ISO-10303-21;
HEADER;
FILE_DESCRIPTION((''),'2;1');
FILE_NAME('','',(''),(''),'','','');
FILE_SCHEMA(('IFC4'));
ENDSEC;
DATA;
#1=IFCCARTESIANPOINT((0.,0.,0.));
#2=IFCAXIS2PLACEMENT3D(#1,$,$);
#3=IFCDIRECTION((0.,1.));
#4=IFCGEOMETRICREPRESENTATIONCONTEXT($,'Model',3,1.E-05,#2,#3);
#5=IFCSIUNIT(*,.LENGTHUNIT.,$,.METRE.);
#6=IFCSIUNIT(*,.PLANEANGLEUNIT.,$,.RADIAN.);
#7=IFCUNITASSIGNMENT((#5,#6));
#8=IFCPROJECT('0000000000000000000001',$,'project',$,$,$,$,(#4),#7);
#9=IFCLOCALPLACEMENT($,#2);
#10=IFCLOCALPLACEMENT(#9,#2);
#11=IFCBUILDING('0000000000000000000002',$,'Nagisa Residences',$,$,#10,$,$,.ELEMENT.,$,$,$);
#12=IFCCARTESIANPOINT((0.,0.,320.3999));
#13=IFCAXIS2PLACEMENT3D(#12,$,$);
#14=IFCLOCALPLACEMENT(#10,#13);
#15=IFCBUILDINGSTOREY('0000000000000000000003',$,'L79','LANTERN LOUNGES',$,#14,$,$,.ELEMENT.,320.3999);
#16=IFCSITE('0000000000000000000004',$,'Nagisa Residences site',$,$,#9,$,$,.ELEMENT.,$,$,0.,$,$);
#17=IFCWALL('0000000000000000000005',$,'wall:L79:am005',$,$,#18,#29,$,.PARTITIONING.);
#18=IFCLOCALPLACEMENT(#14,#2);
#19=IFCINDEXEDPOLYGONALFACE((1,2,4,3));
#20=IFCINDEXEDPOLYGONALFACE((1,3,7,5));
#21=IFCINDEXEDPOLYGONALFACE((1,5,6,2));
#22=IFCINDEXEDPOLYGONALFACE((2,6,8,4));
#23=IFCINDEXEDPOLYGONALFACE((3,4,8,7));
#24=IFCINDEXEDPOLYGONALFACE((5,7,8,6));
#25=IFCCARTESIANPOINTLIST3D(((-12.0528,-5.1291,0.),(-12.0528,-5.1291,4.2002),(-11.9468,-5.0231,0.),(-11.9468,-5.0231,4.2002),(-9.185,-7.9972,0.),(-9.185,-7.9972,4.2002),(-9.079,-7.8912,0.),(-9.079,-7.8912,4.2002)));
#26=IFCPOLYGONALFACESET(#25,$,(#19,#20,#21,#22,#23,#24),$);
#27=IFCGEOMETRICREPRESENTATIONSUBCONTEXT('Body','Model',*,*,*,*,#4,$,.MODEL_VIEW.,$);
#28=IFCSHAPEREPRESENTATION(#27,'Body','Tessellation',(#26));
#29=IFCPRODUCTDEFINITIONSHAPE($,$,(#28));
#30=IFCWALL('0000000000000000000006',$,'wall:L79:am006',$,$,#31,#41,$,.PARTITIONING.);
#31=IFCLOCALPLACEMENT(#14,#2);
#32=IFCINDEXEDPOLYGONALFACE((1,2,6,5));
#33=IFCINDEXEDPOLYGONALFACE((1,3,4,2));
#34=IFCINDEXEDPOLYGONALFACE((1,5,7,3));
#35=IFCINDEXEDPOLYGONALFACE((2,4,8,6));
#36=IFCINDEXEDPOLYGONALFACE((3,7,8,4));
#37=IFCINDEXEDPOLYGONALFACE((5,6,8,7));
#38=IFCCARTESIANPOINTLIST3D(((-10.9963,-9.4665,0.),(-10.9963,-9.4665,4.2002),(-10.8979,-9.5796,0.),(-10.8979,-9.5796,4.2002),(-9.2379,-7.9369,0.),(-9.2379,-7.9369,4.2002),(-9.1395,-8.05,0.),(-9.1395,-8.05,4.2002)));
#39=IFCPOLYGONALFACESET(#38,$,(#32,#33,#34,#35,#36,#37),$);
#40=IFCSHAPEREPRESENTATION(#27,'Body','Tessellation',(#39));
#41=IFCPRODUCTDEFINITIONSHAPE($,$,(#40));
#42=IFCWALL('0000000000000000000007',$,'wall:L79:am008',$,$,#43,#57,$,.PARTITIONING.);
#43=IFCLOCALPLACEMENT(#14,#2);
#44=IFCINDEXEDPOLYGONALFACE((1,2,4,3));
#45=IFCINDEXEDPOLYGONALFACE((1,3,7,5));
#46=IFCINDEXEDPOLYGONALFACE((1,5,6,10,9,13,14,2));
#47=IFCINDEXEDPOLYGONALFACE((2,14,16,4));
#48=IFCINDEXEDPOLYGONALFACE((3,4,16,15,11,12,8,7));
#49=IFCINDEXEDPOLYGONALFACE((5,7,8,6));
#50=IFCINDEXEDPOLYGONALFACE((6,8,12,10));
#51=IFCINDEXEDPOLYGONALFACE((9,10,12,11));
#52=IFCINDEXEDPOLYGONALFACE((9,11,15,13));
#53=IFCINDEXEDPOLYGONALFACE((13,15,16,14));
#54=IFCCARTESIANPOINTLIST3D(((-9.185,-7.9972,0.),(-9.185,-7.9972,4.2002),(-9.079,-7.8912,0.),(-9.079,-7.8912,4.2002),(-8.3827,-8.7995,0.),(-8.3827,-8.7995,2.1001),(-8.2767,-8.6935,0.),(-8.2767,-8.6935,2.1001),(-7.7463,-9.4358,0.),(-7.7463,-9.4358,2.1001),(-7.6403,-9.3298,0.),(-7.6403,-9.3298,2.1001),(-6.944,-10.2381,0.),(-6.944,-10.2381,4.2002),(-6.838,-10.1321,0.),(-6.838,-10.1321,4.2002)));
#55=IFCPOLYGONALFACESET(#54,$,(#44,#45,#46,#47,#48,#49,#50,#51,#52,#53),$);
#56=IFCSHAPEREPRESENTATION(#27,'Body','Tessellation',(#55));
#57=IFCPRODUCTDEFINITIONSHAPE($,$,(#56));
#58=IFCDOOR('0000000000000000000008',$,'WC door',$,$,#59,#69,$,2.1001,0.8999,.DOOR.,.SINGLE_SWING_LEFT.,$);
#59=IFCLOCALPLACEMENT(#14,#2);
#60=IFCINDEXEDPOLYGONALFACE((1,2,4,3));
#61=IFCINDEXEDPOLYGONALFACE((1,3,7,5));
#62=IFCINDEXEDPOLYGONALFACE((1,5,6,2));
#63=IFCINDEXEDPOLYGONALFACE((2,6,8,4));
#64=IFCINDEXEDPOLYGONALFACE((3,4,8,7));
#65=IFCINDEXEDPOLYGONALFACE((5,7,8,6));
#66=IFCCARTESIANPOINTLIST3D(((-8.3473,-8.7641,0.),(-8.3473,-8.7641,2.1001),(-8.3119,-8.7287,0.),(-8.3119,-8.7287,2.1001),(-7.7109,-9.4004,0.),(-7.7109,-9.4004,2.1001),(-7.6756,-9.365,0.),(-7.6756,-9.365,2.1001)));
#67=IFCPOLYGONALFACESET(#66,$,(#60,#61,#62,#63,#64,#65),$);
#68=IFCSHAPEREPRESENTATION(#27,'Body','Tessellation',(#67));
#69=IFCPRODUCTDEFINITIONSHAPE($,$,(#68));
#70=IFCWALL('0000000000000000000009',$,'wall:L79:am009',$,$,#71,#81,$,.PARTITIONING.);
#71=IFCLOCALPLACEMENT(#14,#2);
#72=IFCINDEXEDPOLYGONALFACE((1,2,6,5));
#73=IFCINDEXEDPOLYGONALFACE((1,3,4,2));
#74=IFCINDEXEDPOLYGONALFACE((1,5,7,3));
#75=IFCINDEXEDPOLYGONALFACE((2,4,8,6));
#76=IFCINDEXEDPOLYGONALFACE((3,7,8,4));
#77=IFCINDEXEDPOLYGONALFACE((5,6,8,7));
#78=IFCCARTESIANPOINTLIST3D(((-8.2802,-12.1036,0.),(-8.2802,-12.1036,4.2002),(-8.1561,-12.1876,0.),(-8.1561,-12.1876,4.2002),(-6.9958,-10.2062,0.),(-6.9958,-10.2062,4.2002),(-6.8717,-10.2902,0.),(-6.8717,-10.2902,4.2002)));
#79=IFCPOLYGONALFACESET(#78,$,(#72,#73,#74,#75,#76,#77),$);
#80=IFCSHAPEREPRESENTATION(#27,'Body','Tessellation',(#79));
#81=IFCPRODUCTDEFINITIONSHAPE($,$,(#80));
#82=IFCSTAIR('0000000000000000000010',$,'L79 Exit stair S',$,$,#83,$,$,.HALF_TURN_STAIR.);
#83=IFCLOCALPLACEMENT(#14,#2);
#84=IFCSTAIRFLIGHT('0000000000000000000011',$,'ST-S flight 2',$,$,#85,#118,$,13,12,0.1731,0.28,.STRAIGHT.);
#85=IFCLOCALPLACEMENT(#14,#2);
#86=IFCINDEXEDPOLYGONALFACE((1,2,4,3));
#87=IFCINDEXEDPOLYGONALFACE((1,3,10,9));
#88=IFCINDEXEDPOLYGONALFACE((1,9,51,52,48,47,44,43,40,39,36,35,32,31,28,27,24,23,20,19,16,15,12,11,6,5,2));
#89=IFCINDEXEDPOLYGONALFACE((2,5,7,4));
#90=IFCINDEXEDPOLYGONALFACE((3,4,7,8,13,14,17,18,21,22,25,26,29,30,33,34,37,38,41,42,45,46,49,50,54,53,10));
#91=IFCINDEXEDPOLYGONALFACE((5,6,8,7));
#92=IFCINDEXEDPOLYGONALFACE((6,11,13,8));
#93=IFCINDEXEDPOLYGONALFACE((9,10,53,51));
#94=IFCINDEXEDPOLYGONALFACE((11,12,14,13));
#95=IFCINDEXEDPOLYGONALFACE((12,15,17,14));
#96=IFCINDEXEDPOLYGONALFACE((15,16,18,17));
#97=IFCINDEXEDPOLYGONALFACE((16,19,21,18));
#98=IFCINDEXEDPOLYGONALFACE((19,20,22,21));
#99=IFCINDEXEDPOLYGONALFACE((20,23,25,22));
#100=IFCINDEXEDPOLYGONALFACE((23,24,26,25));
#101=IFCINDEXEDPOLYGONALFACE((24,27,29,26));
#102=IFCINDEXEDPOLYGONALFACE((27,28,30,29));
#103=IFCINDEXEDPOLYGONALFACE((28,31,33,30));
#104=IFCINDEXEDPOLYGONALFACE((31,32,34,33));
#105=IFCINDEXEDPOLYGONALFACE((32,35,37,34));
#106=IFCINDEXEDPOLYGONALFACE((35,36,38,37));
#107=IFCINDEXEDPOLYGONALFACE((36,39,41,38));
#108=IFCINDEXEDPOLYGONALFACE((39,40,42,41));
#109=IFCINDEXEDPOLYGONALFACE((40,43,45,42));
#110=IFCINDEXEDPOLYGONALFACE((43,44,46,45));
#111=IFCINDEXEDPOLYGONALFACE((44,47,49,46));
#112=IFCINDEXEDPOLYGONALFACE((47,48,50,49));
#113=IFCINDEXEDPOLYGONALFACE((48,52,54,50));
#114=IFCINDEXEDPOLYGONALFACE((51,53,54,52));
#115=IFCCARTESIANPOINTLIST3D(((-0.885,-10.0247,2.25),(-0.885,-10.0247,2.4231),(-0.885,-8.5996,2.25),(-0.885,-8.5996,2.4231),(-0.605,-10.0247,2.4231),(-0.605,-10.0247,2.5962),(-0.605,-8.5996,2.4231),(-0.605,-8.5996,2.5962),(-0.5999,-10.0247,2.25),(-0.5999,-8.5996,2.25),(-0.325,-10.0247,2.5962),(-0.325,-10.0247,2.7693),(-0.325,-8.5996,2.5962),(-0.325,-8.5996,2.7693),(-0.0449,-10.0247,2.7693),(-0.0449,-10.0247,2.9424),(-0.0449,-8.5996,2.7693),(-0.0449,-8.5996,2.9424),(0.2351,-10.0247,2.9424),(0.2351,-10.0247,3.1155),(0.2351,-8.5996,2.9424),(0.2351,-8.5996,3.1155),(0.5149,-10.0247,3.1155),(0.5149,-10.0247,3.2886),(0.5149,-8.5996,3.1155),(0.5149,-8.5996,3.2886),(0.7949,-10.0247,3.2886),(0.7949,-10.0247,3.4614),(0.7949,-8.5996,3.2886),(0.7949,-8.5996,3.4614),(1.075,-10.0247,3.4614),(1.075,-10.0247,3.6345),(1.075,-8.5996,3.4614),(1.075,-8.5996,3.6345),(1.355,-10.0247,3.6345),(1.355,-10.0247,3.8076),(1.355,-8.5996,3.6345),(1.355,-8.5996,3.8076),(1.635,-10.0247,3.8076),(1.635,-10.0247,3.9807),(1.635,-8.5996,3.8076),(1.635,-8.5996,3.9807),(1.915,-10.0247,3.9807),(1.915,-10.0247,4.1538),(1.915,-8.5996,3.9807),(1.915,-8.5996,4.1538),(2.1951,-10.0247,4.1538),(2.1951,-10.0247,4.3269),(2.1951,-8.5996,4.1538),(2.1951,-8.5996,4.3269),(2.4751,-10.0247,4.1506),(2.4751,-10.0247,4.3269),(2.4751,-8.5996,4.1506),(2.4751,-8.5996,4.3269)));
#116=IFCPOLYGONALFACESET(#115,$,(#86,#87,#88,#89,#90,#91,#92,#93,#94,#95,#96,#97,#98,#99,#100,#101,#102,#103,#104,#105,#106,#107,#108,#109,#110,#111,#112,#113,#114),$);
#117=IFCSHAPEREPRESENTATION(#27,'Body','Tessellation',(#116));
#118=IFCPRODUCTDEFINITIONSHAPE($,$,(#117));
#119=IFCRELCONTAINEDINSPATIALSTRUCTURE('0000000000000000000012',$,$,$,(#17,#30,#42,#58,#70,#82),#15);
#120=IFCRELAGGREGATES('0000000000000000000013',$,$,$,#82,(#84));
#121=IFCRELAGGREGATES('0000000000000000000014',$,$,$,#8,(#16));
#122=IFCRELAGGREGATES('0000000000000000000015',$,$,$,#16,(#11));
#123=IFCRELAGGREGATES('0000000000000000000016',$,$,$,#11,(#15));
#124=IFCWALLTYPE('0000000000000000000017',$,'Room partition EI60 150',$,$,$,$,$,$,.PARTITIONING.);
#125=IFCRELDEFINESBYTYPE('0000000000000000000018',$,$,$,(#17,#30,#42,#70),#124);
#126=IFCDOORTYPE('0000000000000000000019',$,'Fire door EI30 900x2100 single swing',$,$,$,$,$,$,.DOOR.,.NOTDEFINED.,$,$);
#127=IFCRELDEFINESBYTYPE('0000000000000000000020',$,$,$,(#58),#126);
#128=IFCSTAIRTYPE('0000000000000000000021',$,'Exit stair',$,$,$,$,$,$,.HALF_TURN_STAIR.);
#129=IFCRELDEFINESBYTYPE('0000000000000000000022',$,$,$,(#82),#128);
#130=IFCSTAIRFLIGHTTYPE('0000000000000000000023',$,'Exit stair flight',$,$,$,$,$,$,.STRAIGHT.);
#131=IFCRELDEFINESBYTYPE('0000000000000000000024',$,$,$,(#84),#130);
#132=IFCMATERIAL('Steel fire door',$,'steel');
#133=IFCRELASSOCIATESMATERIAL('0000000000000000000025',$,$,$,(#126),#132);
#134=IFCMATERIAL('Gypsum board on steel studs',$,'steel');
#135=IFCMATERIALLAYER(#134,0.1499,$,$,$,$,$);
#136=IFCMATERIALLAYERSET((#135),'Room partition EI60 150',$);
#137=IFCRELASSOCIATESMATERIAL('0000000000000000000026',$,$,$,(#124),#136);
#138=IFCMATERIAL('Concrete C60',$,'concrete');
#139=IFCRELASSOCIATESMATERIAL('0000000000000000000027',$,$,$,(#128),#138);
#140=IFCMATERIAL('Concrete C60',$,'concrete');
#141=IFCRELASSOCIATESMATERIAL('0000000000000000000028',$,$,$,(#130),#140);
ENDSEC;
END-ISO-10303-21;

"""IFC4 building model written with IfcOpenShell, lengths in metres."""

from ifc_helpers import new_model, si_unit, direction, frame, frame_2d, origin, place, context, subcontext, project, spatial, polyline, rectangle, outline, extrude, material, layer, layer_set, type_object, element, fill, aggregate, save


model = new_model("IFC4")

# Units and contexts
model_context = context("Model", 3, precision=1e-05, world=origin(), true_north=direction((0.0, 1.0)))
body_context = subcontext(model_context, "Body", "Model", "MODEL_VIEW")
ifc_project = project(units=[si_unit("LENGTHUNIT", "METRE"), si_unit("PLANEANGLEUNIT", "RADIAN")], contexts=[model_context])

# Site, building, storey
site_placement = place(None, origin())
site = spatial("IfcSite", under=ifc_project, at=site_placement, Name="Nagisa Residences site", CompositionType="ELEMENT", RefElevation=0.0)
building_placement = place(site_placement, origin())
building = spatial("IfcBuilding", under=site, at=building_placement, Name="Nagisa Residences", CompositionType="ELEMENT")
storey_placement = place(building_placement, frame((0.0, 0.0, 320.3999)))
storey = spatial("IfcBuildingStorey", under=building, at=storey_placement, Name="L79", Description="LANTERN LOUNGES", CompositionType="ELEMENT", Elevation=320.3999)

# Shared definitions
ifc_material_1 = material(Name="Steel fire door", Category="steel")
door_type_1 = type_object("IfcDoorType", Name="Fire door EI30 900x2100 single swing", OperationType="NOTDEFINED", PredefinedType="DOOR", material=ifc_material_1)

# Shared definitions
ifc_material_2 = material(Name="Gypsum board on steel studs", Category="steel")
ifc_layer_1 = layer(ifc_material_2, 0.1499)
ifc_layer_set_1 = layer_set([ifc_layer_1], Name="Room partition EI60 150")
wall_type_1 = type_object("IfcWallType", Name="Room partition EI60 150", PredefinedType="PARTITIONING", material=ifc_layer_set_1)

# Walls
wall_1_placement = place(storey_placement, frame((-9.1321, -7.9441, 0.0), z_axis=(0.0, 0.0, 1.0), x_axis=(-0.707077, 0.707137, 0.0)))
element("IfcWall", 1, at=wall_1_placement, inside=storey, type_object=wall_type_1, Name="wall:L79:am005", PredefinedType="PARTITIONING", context=body_context, shape_type="SweptSolid", body=[
    extrude(rectangle(XDim=4.0559, YDim=0.1499, at=frame_2d((2.0278, 0.0))), origin(), (0.0, 0.0, 1.0), 4.2002),
])
wall_2_placement = place(storey_placement, frame((-9.1887, -7.9934, 0.0), z_axis=(0.0, 0.0, 1.0), x_axis=(-0.754481, -0.656321, 0.0)))
element("IfcWall", 2, at=wall_2_placement, inside=storey, type_object=wall_type_1, Name="wall:L79:am006", PredefinedType="PARTITIONING", context=body_context, shape_type="SweptSolid", body=[
    extrude(rectangle(XDim=2.3306, YDim=0.1499, at=frame_2d((1.1653, 0.0))), origin(), (0.0, 0.0, 1.0), 4.2002),
])

# Wall, opening, door
wall_3_placement = place(storey_placement, frame((-6.8911, -10.1851, 0.0), z_axis=(0.0, 0.0, 1.0), x_axis=(-0.707107, 0.707107, 0.0)))
wall_3 = element("IfcWall", 3, at=wall_3_placement, inside=storey, type_object=wall_type_1, Name="wall:L79:am008", PredefinedType="PARTITIONING", context=body_context, shape_type="SweptSolid", body=[
    extrude(rectangle(XDim=3.1692, YDim=0.1499, at=frame_2d((1.5845, 0.0))), origin(), (0.0, 0.0, 1.0), 4.2002),
])
opening_1_placement = place(wall_3_placement, frame((1.1345, 0.0, 0.0)))
opening_1 = element("IfcOpeningElement", 4, at=opening_1_placement, cuts=wall_3, PredefinedType="OPENING", context=body_context, shape_type="SweptSolid", body=[
    extrude(rectangle(XDim=0.8999, YDim=2.1001, at=frame_2d((0.45, 1.05))), frame((0.0, 0.085, 0.0), z_axis=(0.0, -1.0, 0.0), x_axis=(1.0, 0.0, 0.0)), (0.0, 0.0, 1.0), 0.1699),
])
door_1_placement = place(opening_1_placement, origin())
door_1 = element("IfcDoor", 5, at=door_1_placement, inside=storey, type_object=door_type_1, Name="WC door", OperationType="SINGLE_SWING_LEFT", OverallHeight=2.1001, OverallWidth=0.8999, PredefinedType="DOOR", context=body_context, shape_type="SweptSolid", body=[
    extrude(rectangle(XDim=0.8999, YDim=2.1001, at=frame_2d((0.45, 1.05))), frame((0.0, 0.0249, 0.0), z_axis=(0.0, -1.0, 0.0), x_axis=(1.0, 0.0, 0.0)), (0.0, 0.0, 1.0), 0.05),
])
fill(opening_1, door_1)

# Wall
wall_4_placement = place(storey_placement, frame((-6.9338, -10.2483, 0.0), z_axis=(0.0, 0.0, 1.0), x_axis=(-0.560563, -0.828112, 0.0)))
element("IfcWall", 6, at=wall_4_placement, inside=storey, type_object=wall_type_1, Name="wall:L79:am009", PredefinedType="PARTITIONING", context=body_context, shape_type="SweptSolid", body=[
    extrude(rectangle(XDim=2.2913, YDim=0.1499, at=frame_2d((1.1455, 0.0))), origin(), (0.0, 0.0, 1.0), 4.2002),
])

# Stair, stair flight
ifc_material_3 = material(Name="Concrete C60", Category="concrete")
stair_type = type_object("IfcStairType", Name="Exit stair", PredefinedType="HALF_TURN_STAIR", material=ifc_material_3)
stair_placement = place(storey_placement, origin())
stair = element("IfcStair", 7, at=stair_placement, inside=storey, type_object=stair_type, Name="L79 Exit stair S", PredefinedType="HALF_TURN_STAIR")
ifc_material_4 = material(Name="Concrete C60", Category="concrete")
stair_flight_type = type_object("IfcStairFlightType", Name="Exit stair flight", PredefinedType="STRAIGHT", material=ifc_material_4)
stair_flight_placement = place(storey_placement, frame((-0.885, -9.312, 2.25), z_axis=(0.0, 0.0, 1.0), x_axis=(1.0, 0.0, 0.0)))
stair_flight = element("IfcStairFlight", 8, at=stair_flight_placement, type_object=stair_flight_type, Name="ST-S flight 2", NumberOfRisers=13, NumberOfTreads=12, PredefinedType="STRAIGHT", RiserHeight=0.1731, TreadLength=0.28, context=body_context, shape_type="SweptSolid", body=[
    extrude(outline(polyline([(0.0, 0.0), (0.0, 0.1731), (0.28, 0.1731), (0.28, 0.3462), (0.5601, 0.3462), (0.5601, 0.5193), (0.8401, 0.5193), (0.8401, 0.6924), (1.1201, 0.6924), (1.1201, 0.8655), (1.3999, 0.8655), (1.3999, 1.0386), (1.6799, 1.0386), (1.6799, 1.2114), (1.96, 1.2114), (1.96, 1.3845), (2.24, 1.3845), (2.24, 1.5576), (2.52, 1.5576), (2.52, 1.7307), (2.8, 1.7307), (2.8, 1.9038), (3.0801, 1.9038), (3.0801, 2.0769), (3.3601, 2.0769), (3.3601, 2.25), (3.3601, 1.9006), (0.2852, 0.0), (0.0, 0.0)])), frame((0.0, 0.7124, 0.0), z_axis=(0.0, -1.0, 0.0), x_axis=(1.0, 0.0, 0.0)), (0.0, 0.0, 1.0), 1.425),
])
aggregate(stair, [stair_flight])

save(model, "model.ifc")
